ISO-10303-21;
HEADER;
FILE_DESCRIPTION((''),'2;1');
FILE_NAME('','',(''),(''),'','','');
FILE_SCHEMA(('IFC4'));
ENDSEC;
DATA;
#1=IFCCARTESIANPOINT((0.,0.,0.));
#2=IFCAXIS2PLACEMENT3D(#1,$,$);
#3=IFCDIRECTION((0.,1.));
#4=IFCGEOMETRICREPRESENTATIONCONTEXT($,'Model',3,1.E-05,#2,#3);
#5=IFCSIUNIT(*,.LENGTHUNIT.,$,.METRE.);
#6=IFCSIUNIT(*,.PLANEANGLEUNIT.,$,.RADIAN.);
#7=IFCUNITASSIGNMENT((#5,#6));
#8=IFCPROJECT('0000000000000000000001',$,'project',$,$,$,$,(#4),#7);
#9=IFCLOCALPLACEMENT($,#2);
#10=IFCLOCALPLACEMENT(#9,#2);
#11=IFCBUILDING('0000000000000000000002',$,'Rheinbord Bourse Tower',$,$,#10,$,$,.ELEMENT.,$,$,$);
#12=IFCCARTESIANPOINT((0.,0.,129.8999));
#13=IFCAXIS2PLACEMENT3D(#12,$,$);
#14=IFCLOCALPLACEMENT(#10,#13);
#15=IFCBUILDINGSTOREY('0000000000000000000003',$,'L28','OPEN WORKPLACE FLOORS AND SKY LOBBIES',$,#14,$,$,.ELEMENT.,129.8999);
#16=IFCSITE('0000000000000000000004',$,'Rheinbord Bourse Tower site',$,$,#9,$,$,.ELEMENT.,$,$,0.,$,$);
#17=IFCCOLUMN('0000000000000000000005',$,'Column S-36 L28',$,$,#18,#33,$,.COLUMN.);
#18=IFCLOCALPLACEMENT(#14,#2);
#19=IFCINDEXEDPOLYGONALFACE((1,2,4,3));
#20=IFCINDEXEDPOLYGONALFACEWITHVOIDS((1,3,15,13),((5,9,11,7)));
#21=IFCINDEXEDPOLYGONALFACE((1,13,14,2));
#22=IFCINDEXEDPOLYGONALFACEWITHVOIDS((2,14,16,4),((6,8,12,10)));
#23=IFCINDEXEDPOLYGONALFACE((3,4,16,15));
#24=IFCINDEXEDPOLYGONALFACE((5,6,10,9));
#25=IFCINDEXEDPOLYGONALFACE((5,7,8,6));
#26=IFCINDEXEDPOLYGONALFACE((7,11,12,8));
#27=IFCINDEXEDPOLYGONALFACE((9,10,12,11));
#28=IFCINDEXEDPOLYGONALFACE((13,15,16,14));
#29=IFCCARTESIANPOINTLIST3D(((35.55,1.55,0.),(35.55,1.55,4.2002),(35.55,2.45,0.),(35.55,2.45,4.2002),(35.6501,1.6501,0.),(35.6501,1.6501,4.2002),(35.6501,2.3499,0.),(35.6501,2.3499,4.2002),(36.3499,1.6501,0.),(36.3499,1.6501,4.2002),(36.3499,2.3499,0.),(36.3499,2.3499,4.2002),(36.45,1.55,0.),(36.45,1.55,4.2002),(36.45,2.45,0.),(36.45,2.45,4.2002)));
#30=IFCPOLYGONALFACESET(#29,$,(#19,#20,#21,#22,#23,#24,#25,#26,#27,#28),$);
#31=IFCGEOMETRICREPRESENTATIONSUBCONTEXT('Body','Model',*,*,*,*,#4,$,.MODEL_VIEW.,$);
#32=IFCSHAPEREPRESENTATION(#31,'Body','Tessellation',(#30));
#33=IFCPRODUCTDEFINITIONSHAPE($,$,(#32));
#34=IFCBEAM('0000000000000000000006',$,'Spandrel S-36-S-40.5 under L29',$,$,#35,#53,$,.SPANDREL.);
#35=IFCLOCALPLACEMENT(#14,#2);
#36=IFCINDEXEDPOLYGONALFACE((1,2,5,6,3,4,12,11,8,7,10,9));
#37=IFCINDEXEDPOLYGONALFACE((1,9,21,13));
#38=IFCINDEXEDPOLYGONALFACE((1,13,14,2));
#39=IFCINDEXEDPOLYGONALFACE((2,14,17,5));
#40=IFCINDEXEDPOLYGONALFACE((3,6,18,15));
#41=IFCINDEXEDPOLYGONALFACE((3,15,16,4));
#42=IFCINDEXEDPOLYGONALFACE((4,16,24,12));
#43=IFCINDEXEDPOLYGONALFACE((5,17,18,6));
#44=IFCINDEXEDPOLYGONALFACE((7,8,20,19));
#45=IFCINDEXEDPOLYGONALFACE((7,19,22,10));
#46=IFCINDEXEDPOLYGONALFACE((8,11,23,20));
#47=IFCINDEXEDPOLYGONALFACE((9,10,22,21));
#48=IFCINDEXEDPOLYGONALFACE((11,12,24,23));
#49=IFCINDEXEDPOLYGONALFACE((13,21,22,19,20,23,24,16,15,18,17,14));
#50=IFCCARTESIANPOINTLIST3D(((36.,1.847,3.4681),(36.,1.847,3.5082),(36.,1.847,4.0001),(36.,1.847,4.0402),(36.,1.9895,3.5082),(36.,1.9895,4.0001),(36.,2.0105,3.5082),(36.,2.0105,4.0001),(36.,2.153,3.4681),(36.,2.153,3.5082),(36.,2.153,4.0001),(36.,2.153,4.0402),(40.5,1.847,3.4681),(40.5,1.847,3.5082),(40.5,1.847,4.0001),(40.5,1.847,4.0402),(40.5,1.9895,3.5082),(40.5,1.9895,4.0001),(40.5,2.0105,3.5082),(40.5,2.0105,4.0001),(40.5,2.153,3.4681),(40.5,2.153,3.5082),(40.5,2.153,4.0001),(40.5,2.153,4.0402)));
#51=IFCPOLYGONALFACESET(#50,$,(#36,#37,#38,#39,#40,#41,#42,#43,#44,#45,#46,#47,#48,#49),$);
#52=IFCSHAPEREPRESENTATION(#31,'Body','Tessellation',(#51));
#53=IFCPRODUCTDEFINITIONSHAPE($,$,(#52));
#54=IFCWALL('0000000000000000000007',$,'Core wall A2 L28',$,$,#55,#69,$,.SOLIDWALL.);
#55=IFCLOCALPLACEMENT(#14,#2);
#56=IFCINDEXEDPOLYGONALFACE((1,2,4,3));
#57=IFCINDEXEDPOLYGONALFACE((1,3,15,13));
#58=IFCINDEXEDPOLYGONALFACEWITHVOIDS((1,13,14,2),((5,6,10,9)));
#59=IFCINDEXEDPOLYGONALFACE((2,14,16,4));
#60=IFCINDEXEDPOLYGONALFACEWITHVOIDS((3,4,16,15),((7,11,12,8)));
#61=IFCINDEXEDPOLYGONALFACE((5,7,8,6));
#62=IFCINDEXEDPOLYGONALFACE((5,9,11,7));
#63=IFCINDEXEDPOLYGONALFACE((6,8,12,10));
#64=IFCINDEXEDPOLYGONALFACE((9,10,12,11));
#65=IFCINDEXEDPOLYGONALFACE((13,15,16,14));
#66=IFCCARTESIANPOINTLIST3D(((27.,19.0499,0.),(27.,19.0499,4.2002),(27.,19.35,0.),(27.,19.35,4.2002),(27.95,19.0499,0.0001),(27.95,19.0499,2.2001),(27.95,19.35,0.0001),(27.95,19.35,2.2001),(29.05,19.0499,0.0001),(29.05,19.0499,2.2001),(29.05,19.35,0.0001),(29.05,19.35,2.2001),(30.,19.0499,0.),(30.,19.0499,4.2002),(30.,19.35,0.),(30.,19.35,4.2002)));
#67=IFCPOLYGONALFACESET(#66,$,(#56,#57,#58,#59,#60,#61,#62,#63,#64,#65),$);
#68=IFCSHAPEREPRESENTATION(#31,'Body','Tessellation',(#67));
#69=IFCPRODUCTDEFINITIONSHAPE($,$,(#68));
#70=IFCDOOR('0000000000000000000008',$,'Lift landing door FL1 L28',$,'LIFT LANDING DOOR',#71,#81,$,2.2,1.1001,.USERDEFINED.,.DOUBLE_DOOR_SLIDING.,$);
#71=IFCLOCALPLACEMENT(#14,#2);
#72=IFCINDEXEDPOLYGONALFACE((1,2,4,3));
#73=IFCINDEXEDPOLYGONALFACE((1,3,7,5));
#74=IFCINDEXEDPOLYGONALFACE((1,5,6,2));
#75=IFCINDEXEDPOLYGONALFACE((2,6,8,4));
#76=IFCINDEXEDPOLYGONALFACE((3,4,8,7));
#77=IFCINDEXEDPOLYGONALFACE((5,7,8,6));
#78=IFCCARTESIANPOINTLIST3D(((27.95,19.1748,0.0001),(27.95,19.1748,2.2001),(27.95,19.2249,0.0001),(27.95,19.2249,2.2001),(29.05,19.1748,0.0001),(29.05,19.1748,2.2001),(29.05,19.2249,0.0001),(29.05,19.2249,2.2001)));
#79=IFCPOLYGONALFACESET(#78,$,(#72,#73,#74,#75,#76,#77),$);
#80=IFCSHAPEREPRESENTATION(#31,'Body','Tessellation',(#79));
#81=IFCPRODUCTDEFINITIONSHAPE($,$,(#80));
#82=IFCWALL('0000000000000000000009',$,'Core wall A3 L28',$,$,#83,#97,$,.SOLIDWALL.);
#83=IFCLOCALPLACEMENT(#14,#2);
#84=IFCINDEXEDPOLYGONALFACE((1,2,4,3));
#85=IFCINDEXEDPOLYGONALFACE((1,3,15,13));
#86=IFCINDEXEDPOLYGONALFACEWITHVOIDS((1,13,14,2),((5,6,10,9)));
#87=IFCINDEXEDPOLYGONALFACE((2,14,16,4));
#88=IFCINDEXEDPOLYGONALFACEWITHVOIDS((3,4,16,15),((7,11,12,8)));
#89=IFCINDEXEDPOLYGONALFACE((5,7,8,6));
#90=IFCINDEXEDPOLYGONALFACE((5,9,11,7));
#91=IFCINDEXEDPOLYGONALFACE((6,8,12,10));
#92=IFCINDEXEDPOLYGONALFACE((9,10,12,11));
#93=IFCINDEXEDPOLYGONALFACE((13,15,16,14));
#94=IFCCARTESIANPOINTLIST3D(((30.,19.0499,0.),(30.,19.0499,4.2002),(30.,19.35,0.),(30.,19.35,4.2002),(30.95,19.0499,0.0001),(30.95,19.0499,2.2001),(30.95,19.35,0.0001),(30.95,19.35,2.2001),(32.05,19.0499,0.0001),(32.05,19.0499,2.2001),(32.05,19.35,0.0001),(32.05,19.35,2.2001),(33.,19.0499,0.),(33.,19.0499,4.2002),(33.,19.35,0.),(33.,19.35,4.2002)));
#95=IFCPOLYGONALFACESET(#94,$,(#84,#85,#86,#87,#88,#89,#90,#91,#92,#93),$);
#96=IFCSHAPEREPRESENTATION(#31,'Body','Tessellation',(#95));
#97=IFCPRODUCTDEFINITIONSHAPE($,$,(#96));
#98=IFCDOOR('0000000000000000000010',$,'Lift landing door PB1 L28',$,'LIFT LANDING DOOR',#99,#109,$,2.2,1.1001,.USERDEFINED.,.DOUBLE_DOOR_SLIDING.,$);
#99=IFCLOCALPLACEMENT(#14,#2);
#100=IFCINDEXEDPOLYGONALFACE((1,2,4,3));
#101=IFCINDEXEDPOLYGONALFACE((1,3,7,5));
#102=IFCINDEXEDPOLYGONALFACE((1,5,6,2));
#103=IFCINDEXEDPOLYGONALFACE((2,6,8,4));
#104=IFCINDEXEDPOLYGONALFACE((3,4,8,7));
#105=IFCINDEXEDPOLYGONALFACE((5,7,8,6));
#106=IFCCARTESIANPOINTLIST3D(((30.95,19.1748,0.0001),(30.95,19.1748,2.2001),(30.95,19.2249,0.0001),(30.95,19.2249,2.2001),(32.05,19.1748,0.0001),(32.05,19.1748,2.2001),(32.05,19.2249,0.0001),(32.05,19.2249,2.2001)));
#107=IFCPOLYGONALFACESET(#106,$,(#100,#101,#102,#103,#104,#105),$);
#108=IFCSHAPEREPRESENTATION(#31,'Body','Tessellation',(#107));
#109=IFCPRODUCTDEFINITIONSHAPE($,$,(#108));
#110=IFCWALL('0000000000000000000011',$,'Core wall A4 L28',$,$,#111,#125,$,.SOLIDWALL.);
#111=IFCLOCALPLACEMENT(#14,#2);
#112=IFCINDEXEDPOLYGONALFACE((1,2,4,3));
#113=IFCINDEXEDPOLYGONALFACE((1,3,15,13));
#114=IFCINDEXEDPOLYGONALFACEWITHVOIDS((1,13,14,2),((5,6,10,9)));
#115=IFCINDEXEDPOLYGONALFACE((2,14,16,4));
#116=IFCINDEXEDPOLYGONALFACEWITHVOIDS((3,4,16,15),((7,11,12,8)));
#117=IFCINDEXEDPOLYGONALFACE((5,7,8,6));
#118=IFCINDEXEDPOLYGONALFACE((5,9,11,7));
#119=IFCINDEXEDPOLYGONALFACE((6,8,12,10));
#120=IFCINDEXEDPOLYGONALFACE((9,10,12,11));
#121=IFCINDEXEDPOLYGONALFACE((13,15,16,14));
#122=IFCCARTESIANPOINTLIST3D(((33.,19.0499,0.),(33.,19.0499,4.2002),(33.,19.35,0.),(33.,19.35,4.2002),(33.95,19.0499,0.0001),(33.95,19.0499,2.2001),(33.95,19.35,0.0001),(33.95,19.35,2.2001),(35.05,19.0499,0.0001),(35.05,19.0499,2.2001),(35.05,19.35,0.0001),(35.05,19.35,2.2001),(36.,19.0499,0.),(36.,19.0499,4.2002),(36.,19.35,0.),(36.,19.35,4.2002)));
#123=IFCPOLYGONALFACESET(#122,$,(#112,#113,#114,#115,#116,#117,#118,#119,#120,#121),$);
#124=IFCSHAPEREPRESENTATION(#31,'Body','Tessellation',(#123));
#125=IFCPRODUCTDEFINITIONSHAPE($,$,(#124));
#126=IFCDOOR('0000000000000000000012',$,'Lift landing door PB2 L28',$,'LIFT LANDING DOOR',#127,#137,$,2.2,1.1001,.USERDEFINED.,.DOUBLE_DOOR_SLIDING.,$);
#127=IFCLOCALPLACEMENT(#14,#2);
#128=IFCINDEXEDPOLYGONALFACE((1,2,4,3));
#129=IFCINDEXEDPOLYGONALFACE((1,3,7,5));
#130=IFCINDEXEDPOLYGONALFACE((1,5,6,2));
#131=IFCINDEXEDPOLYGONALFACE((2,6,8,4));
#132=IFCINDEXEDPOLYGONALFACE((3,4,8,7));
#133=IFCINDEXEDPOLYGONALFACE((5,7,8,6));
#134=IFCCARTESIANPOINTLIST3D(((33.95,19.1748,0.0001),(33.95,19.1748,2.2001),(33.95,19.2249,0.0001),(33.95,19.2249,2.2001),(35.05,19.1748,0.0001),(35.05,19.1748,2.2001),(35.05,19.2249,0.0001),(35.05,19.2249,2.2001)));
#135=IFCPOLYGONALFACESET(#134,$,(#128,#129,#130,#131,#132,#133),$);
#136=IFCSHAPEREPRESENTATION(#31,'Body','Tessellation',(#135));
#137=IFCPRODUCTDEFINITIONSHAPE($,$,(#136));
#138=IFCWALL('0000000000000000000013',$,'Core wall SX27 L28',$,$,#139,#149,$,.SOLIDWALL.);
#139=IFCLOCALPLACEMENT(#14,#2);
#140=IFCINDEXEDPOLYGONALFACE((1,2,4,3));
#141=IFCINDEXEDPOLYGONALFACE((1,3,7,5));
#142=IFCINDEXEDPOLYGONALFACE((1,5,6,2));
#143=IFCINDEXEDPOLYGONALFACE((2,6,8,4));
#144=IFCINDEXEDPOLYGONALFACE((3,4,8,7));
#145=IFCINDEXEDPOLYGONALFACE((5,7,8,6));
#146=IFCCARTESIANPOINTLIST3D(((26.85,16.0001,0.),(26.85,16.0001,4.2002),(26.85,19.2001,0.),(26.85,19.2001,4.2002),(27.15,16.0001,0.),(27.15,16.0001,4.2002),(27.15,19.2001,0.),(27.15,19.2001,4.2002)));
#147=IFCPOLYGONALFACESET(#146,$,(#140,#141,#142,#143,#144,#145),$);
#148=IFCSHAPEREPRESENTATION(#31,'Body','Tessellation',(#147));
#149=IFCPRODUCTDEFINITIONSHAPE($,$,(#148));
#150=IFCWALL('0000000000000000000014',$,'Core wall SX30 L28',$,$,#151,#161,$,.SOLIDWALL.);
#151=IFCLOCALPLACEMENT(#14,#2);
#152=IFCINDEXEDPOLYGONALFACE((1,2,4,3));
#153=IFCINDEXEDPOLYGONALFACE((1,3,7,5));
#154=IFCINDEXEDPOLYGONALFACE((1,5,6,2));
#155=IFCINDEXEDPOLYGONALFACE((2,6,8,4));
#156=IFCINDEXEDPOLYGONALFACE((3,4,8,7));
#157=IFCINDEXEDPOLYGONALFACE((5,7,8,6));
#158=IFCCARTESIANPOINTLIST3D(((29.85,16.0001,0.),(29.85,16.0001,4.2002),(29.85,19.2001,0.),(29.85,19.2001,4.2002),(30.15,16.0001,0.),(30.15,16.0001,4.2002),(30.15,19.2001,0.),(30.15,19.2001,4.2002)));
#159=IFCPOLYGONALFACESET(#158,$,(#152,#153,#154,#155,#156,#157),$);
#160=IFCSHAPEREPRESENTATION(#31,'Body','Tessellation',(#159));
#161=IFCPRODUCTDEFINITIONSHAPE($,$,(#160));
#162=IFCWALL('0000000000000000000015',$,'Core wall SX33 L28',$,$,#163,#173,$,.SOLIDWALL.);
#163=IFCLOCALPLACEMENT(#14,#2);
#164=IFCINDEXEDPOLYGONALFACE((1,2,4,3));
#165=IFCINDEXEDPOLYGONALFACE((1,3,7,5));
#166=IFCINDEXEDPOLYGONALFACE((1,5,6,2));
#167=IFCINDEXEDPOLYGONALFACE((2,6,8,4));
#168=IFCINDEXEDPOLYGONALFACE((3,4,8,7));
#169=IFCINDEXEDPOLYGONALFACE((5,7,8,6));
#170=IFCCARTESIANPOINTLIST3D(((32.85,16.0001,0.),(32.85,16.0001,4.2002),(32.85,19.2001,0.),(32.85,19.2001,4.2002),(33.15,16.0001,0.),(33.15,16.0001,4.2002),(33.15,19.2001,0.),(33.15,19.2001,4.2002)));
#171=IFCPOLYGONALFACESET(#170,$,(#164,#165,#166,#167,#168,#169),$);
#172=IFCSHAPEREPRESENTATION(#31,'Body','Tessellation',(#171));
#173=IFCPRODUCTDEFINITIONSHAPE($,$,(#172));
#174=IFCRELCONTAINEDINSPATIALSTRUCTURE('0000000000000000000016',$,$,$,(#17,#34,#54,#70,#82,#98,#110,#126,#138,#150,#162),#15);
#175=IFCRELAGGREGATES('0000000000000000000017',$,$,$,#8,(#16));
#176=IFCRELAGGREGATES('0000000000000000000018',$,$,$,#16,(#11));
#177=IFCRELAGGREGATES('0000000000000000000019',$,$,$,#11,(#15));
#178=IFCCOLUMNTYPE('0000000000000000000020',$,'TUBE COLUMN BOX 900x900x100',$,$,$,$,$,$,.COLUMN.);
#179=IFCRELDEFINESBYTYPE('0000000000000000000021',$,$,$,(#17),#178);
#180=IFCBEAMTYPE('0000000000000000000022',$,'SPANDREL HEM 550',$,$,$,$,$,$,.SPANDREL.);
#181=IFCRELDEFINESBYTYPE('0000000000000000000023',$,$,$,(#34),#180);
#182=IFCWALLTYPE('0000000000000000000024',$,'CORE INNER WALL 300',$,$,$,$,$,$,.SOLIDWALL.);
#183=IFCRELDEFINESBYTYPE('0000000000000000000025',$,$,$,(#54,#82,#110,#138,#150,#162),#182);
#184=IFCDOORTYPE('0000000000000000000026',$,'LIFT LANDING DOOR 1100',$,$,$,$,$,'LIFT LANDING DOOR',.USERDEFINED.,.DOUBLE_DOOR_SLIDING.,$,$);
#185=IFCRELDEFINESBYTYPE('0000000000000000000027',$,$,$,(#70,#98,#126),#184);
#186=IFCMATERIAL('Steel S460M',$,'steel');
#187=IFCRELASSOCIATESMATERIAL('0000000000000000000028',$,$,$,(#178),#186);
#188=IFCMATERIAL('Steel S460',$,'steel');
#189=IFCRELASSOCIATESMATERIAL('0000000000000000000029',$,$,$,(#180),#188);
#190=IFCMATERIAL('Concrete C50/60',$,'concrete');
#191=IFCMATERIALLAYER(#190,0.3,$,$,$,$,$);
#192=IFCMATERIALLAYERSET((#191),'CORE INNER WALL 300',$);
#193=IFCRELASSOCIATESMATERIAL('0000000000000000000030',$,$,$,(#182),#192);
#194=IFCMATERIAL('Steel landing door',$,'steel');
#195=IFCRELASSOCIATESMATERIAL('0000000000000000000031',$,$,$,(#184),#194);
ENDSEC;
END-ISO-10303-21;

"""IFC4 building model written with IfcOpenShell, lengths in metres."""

from ifc_helpers import new_model, si_unit, direction, frame, frame_2d, origin, origin_2d, place, context, subcontext, project, spatial, rectangle, hollow_rectangle, i_section, extrude, material, layer, layer_set, material_profile, profile_set, type_object, element, fill, save


model = new_model("IFC4")

# Units and contexts
model_context = context("Model", 3, precision=1e-05, world=origin(), true_north=direction((0.0, 1.0)))
body_context = subcontext(model_context, "Body", "Model", "MODEL_VIEW")
ifc_project = project(units=[si_unit("LENGTHUNIT", "METRE"), si_unit("PLANEANGLEUNIT", "RADIAN")], contexts=[model_context])

# Site, building, storey
site_placement = place(None, origin())
site = spatial("IfcSite", under=ifc_project, at=site_placement, Name="Rheinbord Bourse Tower site", CompositionType="ELEMENT", RefElevation=0.0)
building_placement = place(site_placement, origin())
building = spatial("IfcBuilding", under=site, at=building_placement, Name="Rheinbord Bourse Tower", CompositionType="ELEMENT")
storey_placement = place(building_placement, frame((0.0, 0.0, 129.8999)))
storey = spatial("IfcBuildingStorey", under=building, at=storey_placement, Name="L28", Description="OPEN WORKPLACE FLOORS AND SKY LOBBIES", CompositionType="ELEMENT", Elevation=129.8999)

# Column
ifc_material_1 = material(Name="Steel S460M", Category="steel")
ifc_material_profile_1 = material_profile(ifc_material_1, hollow_rectangle(XDim=0.8999, YDim=0.8999, WallThickness=0.1001, at=origin_2d()), Name="BOX 900x900x100")
ifc_profile_set_1 = profile_set([ifc_material_profile_1], Name="Steel S460M")
column_type = type_object("IfcColumnType", Name="TUBE COLUMN BOX 900x900x100", PredefinedType="COLUMN", material=ifc_profile_set_1)
column_placement = place(storey_placement, frame((36.0, 2.0, 0.0), z_axis=(0.0, 0.0, 1.0), x_axis=(0.0, 1.0, 0.0)))
element("IfcColumn", 1, at=column_placement, inside=storey, type_object=column_type, Name="Column S-36 L28", PredefinedType="COLUMN", context=body_context, shape_type="SweptSolid", body=[
    extrude(hollow_rectangle(XDim=0.8999, YDim=0.8999, WallThickness=0.1001, at=origin_2d()), origin(), (0.0, 0.0, 1.0), 4.2002),
])

# Beam
ifc_material_2 = material(Name="Steel S460", Category="steel")
ifc_material_profile_2 = material_profile(ifc_material_2, i_section(OverallWidth=0.3059, OverallDepth=0.572, WebThickness=0.021, FlangeThickness=0.04, at=origin_2d()), Name="HEM 550")
ifc_profile_set_2 = profile_set([ifc_material_profile_2], Name="Steel S460")
beam_type = type_object("IfcBeamType", Name="SPANDREL HEM 550", PredefinedType="SPANDREL", material=ifc_profile_set_2)
beam_placement = place(storey_placement, frame((36.0, 2.0, 3.7542), z_axis=(1.0, 0.0, 0.0), x_axis=(0.0, 1.0, 0.0)))
element("IfcBeam", 2, at=beam_placement, inside=storey, type_object=beam_type, Name="Spandrel S-36-S-40.5 under L29", PredefinedType="SPANDREL", context=body_context, shape_type="SweptSolid", body=[
    extrude(i_section(OverallWidth=0.3059, OverallDepth=0.572, WebThickness=0.021, FlangeThickness=0.04, at=origin_2d()), origin(), (0.0, 0.0, 1.0), 4.5),
])

# Walls, openings, doors
ifc_material_3 = material(Name="Concrete C50/60", Category="concrete")
ifc_layer_1 = layer(ifc_material_3, 0.3)
ifc_layer_set_1 = layer_set([ifc_layer_1], Name="CORE INNER WALL 300")
wall_type_1 = type_object("IfcWallType", Name="CORE INNER WALL 300", PredefinedType="SOLIDWALL", material=ifc_layer_set_1)
wall_1_placement = place(storey_placement, frame((27.0, 19.2, 0.0), z_axis=(0.0, 0.0, 1.0), x_axis=(1.0, 0.0, 0.0)))
wall_1 = element("IfcWall", 3, at=wall_1_placement, inside=storey, type_object=wall_type_1, Name="Core wall A2 L28", PredefinedType="SOLIDWALL", context=body_context, shape_type="SweptSolid", body=[
    extrude(rectangle(XDim=3.0, YDim=0.3, at=frame_2d((1.5, 0.0))), origin(), (0.0, 0.0, 1.0), 4.2002),
])
opening_1_placement = place(wall_1_placement, frame((0.95, 0.0, 0.0)))
opening_1 = element("IfcOpeningElement", 4, at=opening_1_placement, cuts=wall_1, PredefinedType="OPENING", context=body_context, shape_type="SweptSolid", body=[
    extrude(rectangle(XDim=1.1001, YDim=2.2, at=frame_2d((0.55, 1.1001))), frame((0.0, 0.1599, 0.0), z_axis=(0.0, -1.0, 0.0), x_axis=(1.0, 0.0, 0.0)), (0.0, 0.0, 1.0), 0.3201),
])
ifc_material_4 = material(Name="Steel landing door", Category="steel")
door_type_1 = type_object("IfcDoorType", Name="LIFT LANDING DOOR 1100", ElementType="LIFT LANDING DOOR", OperationType="DOUBLE_DOOR_SLIDING", PredefinedType="USERDEFINED", material=ifc_material_4)
door_1_placement = place(opening_1_placement, origin())
door_1 = element("IfcDoor", 5, at=door_1_placement, inside=storey, type_object=door_type_1, Name="Lift landing door FL1 L28", ObjectType="LIFT LANDING DOOR", OperationType="DOUBLE_DOOR_SLIDING", OverallHeight=2.2, OverallWidth=1.1001, PredefinedType="USERDEFINED", context=body_context, shape_type="SweptSolid", body=[
    extrude(rectangle(XDim=1.1001, YDim=2.2, at=frame_2d((0.55, 1.1001))), frame((0.0, 0.0249, 0.0), z_axis=(0.0, -1.0, 0.0), x_axis=(1.0, 0.0, 0.0)), (0.0, 0.0, 1.0), 0.05),
])
fill(opening_1, door_1)
wall_2_placement = place(storey_placement, frame((30.0, 19.2, 0.0), z_axis=(0.0, 0.0, 1.0), x_axis=(1.0, 0.0, 0.0)))
wall_2 = element("IfcWall", 6, at=wall_2_placement, inside=storey, type_object=wall_type_1, Name="Core wall A3 L28", PredefinedType="SOLIDWALL", context=body_context, shape_type="SweptSolid", body=[
    extrude(rectangle(XDim=3.0, YDim=0.3, at=frame_2d((1.5, 0.0))), origin(), (0.0, 0.0, 1.0), 4.2002),
])
opening_2_placement = place(wall_2_placement, frame((0.95, 0.0, 0.0)))
opening_2 = element("IfcOpeningElement", 7, at=opening_2_placement, cuts=wall_2, PredefinedType="OPENING", context=body_context, shape_type="SweptSolid", body=[
    extrude(rectangle(XDim=1.1001, YDim=2.2, at=frame_2d((0.55, 1.1001))), frame((0.0, 0.1599, 0.0), z_axis=(0.0, -1.0, 0.0), x_axis=(1.0, 0.0, 0.0)), (0.0, 0.0, 1.0), 0.3201),
])
door_2_placement = place(opening_2_placement, origin())
door_2 = element("IfcDoor", 8, at=door_2_placement, inside=storey, type_object=door_type_1, Name="Lift landing door PB1 L28", ObjectType="LIFT LANDING DOOR", OperationType="DOUBLE_DOOR_SLIDING", OverallHeight=2.2, OverallWidth=1.1001, PredefinedType="USERDEFINED", context=body_context, shape_type="SweptSolid", body=[
    extrude(rectangle(XDim=1.1001, YDim=2.2, at=frame_2d((0.55, 1.1001))), frame((0.0, 0.0249, 0.0), z_axis=(0.0, -1.0, 0.0), x_axis=(1.0, 0.0, 0.0)), (0.0, 0.0, 1.0), 0.05),
])
fill(opening_2, door_2)
wall_3_placement = place(storey_placement, frame((33.0, 19.2, 0.0), z_axis=(0.0, 0.0, 1.0), x_axis=(1.0, 0.0, 0.0)))
wall_3 = element("IfcWall", 9, at=wall_3_placement, inside=storey, type_object=wall_type_1, Name="Core wall A4 L28", PredefinedType="SOLIDWALL", context=body_context, shape_type="SweptSolid", body=[
    extrude(rectangle(XDim=3.0, YDim=0.3, at=frame_2d((1.5, 0.0))), origin(), (0.0, 0.0, 1.0), 4.2002),
])
opening_3_placement = place(wall_3_placement, frame((0.95, 0.0, 0.0)))
opening_3 = element("IfcOpeningElement", 10, at=opening_3_placement, cuts=wall_3, PredefinedType="OPENING", context=body_context, shape_type="SweptSolid", body=[
    extrude(rectangle(XDim=1.1001, YDim=2.2, at=frame_2d((0.55, 1.1001))), frame((0.0, 0.1599, 0.0), z_axis=(0.0, -1.0, 0.0), x_axis=(1.0, 0.0, 0.0)), (0.0, 0.0, 1.0), 0.3201),
])
door_3_placement = place(opening_3_placement, origin())
door_3 = element("IfcDoor", 11, at=door_3_placement, inside=storey, type_object=door_type_1, Name="Lift landing door PB2 L28", ObjectType="LIFT LANDING DOOR", OperationType="DOUBLE_DOOR_SLIDING", OverallHeight=2.2, OverallWidth=1.1001, PredefinedType="USERDEFINED", context=body_context, shape_type="SweptSolid", body=[
    extrude(rectangle(XDim=1.1001, YDim=2.2, at=frame_2d((0.55, 1.1001))), frame((0.0, 0.0249, 0.0), z_axis=(0.0, -1.0, 0.0), x_axis=(1.0, 0.0, 0.0)), (0.0, 0.0, 1.0), 0.05),
])
fill(opening_3, door_3)

# Walls
for number, where, z_axis, x_axis, name in (
    (12, (27.0, 16.0, 0.0), (0.0, 0.0, 1.0), (0.0, 1.0, 0.0), "Core wall SX27 L28"),
    (13, (30.0, 16.0, 0.0), (0.0, 0.0, 1.0), (0.0, 1.0, 0.0), "Core wall SX30 L28"),
    (14, (33.0, 16.0, 0.0), (0.0, 0.0, 1.0), (0.0, 1.0, 0.0), "Core wall SX33 L28"),
):
    element("IfcWall", number, at=place(storey_placement, frame(where, z_axis=z_axis, x_axis=x_axis)), inside=storey, type_object=wall_type_1, Name=name, PredefinedType="SOLIDWALL", context=body_context, shape_type="SweptSolid", body=[
        extrude(rectangle(XDim=3.2, YDim=0.3, at=frame_2d((1.6001, 0.0))), origin(), (0.0, 0.0, 1.0), 4.2002),
    ])

save(model, "model.ifc")
